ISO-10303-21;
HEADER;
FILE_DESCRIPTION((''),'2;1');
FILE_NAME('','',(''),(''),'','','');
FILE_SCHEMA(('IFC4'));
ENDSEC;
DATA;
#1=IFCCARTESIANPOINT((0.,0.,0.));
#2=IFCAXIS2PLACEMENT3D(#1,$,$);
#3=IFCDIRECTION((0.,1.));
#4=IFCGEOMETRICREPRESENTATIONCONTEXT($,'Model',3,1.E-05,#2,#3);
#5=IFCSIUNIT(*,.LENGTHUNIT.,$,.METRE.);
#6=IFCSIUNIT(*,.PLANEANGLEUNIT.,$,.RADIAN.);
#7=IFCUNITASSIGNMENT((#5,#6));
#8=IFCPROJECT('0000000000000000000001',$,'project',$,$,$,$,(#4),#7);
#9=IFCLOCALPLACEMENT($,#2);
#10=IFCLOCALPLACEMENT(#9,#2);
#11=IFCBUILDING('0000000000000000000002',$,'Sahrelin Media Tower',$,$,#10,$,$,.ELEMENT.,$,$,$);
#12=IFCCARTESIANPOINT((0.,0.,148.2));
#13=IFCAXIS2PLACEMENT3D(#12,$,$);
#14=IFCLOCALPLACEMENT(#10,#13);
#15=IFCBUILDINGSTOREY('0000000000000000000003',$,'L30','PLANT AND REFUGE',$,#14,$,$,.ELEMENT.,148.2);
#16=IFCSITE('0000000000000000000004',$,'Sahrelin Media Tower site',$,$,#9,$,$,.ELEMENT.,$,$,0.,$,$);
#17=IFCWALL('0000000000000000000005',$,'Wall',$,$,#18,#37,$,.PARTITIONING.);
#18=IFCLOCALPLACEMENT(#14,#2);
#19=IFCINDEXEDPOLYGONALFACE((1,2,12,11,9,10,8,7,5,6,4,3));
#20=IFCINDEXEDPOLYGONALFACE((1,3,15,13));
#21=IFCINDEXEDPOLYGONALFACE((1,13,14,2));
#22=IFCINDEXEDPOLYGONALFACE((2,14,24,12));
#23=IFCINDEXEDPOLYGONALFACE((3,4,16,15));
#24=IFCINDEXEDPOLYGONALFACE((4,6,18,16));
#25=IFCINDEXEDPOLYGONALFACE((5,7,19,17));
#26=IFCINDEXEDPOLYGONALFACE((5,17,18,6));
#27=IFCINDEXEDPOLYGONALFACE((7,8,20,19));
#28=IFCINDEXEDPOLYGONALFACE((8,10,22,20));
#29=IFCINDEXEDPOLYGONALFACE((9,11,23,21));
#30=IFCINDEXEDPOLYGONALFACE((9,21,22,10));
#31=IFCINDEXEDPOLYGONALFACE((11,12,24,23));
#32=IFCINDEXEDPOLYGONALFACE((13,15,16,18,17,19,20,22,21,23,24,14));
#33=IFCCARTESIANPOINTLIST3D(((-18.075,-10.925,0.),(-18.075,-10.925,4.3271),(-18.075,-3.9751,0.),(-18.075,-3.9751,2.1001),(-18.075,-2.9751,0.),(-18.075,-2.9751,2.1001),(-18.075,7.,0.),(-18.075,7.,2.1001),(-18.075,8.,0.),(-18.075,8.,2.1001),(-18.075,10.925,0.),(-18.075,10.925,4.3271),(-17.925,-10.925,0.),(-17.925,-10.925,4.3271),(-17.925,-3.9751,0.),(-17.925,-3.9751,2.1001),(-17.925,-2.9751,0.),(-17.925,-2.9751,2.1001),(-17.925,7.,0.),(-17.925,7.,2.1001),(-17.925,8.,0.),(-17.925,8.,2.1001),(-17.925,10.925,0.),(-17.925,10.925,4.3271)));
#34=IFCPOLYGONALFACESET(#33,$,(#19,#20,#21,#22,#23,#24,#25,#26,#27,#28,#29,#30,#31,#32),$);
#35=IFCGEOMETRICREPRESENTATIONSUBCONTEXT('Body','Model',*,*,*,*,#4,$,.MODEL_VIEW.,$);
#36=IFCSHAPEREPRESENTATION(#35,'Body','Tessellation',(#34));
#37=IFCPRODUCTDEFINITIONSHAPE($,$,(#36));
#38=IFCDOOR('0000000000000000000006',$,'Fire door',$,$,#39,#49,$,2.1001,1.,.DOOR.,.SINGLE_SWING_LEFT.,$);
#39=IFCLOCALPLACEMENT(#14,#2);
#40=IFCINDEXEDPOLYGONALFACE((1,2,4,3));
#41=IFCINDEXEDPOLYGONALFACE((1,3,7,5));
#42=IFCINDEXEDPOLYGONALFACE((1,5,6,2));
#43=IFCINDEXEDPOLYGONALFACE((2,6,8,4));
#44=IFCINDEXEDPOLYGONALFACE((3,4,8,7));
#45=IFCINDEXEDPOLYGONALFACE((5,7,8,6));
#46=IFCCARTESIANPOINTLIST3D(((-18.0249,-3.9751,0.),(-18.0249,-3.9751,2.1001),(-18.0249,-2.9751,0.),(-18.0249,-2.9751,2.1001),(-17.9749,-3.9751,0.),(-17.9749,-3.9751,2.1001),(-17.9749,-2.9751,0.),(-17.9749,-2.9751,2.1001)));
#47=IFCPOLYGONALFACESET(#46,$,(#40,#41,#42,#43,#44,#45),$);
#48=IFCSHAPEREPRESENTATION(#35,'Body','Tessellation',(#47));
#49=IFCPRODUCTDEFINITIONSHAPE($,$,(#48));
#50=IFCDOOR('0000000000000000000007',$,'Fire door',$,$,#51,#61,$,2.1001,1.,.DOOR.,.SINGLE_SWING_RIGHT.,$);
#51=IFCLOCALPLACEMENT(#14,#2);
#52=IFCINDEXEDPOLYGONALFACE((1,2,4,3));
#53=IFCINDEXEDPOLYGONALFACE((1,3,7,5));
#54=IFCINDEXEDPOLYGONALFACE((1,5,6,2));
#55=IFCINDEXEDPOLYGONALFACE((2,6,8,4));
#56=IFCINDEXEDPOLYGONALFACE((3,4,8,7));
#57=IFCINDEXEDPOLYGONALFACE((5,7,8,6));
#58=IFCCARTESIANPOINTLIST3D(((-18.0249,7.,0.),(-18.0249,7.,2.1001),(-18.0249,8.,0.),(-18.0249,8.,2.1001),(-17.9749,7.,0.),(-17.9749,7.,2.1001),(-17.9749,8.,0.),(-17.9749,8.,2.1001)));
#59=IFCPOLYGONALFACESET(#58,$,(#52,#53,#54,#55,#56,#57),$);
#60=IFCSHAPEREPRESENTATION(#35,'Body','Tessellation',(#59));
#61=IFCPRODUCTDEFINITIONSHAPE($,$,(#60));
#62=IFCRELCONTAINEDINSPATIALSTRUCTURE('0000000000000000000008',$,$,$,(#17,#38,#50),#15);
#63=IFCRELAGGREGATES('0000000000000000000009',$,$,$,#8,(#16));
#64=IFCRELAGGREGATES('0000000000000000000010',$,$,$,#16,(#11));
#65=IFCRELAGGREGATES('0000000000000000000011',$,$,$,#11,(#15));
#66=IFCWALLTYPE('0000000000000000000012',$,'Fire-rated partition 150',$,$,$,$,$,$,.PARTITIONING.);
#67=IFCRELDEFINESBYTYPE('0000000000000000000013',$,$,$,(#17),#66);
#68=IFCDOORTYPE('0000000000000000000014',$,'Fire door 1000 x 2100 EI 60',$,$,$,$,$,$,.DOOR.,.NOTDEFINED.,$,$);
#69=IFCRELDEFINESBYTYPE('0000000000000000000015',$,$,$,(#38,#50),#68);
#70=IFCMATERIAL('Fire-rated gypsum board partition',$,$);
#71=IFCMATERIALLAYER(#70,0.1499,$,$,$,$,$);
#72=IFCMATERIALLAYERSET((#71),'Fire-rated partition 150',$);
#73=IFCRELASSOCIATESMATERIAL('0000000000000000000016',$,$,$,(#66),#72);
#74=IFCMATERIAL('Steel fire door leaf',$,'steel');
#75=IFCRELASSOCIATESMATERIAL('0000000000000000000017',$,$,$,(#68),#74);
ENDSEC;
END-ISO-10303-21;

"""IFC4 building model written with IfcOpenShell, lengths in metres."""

from ifc_helpers import new_model, si_unit, direction, frame, frame_2d, origin, place, context, subcontext, project, spatial, rectangle, extrude, material, layer, layer_set, type_object, element, fill, save


model = new_model("IFC4")

# Units and contexts
model_context = context("Model", 3, precision=1e-05, world=origin(), true_north=direction((0.0, 1.0)))
body_context = subcontext(model_context, "Body", "Model", "MODEL_VIEW")
ifc_project = project(units=[si_unit("LENGTHUNIT", "METRE"), si_unit("PLANEANGLEUNIT", "RADIAN")], contexts=[model_context])

# Site, building, storey
site_placement = place(None, origin())
site = spatial("IfcSite", under=ifc_project, at=site_placement, Name="Sahrelin Media Tower site", CompositionType="ELEMENT", RefElevation=0.0)
building_placement = place(site_placement, origin())
building = spatial("IfcBuilding", under=site, at=building_placement, Name="Sahrelin Media Tower", CompositionType="ELEMENT")
storey_placement = place(building_placement, frame((0.0, 0.0, 148.2)))
storey = spatial("IfcBuildingStorey", under=building, at=storey_placement, Name="L30", Description="PLANT AND REFUGE", CompositionType="ELEMENT", Elevation=148.2)

# Wall, openings, doors
ifc_material_1 = material(Name="Fire-rated gypsum board partition")
ifc_layer = layer(ifc_material_1, 0.1499)
ifc_layer_set = layer_set([ifc_layer], Name="Fire-rated partition 150")
wall_type = type_object("IfcWallType", Name="Fire-rated partition 150", PredefinedType="PARTITIONING", material=ifc_layer_set)
ifc_material_2 = material(Name="Steel fire door leaf", Category="steel")
door_type = type_object("IfcDoorType", Name="Fire door 1000 x 2100 EI 60", OperationType="NOTDEFINED", PredefinedType="DOOR", material=ifc_material_2)
wall_1_placement = place(storey_placement, frame((-18.0, -10.925, 0.0), z_axis=(0.0, 0.0, 1.0), x_axis=(0.0, 1.0, 0.0)))
wall_1 = element("IfcWall", 1, at=wall_1_placement, inside=storey, type_object=wall_type, Name="Wall", PredefinedType="PARTITIONING", context=body_context, shape_type="SweptSolid", body=[
    extrude(rectangle(XDim=21.8501, YDim=0.1499, at=frame_2d((10.925, 0.0))), origin(), (0.0, 0.0, 1.0), 4.3271),
])
opening_1_placement = place(wall_1_placement, frame((6.95, 0.0, 0.0)))
opening_1 = element("IfcOpeningElement", 2, at=opening_1_placement, cuts=wall_1, PredefinedType="OPENING", context=body_context, shape_type="SweptSolid", body=[
    extrude(rectangle(XDim=1.0, YDim=2.1001, at=frame_2d((0.5, 1.05))), frame((0.0, 0.075, 0.0), z_axis=(0.0, -1.0, 0.0), x_axis=(1.0, 0.0, 0.0)), (0.0, 0.0, 1.0), 0.1499),
])
opening_2_placement = place(wall_1_placement, frame((17.925, 0.0, 0.0)))
opening_2 = element("IfcOpeningElement", 3, at=opening_2_placement, cuts=wall_1, PredefinedType="OPENING", context=body_context, shape_type="SweptSolid", body=[
    extrude(rectangle(XDim=1.0, YDim=2.1001, at=frame_2d((0.5, 1.05))), frame((0.0, 0.075, 0.0), z_axis=(0.0, -1.0, 0.0), x_axis=(1.0, 0.0, 0.0)), (0.0, 0.0, 1.0), 0.1499),
])
door_1_placement = place(opening_1_placement, origin())
door_1 = element("IfcDoor", 4, at=door_1_placement, inside=storey, type_object=door_type, Name="Fire door", OperationType="SINGLE_SWING_LEFT", OverallHeight=2.1001, OverallWidth=1.0, PredefinedType="DOOR", context=body_context, shape_type="SweptSolid", body=[
    extrude(rectangle(XDim=1.0, YDim=2.1001, at=frame_2d((0.5, 1.05))), frame((0.0, 0.0249, 0.0), z_axis=(0.0, -1.0, 0.0), x_axis=(1.0, 0.0, 0.0)), (0.0, 0.0, 1.0), 0.05),
])
fill(opening_1, door_1)
door_2_placement = place(opening_2_placement, origin())
door_2 = element("IfcDoor", 5, at=door_2_placement, inside=storey, type_object=door_type, Name="Fire door", OperationType="SINGLE_SWING_RIGHT", OverallHeight=2.1001, OverallWidth=1.0, PredefinedType="DOOR", context=body_context, shape_type="SweptSolid", body=[
    extrude(rectangle(XDim=1.0, YDim=2.1001, at=frame_2d((0.5, 1.05))), frame((0.0, 0.0249, 0.0), z_axis=(0.0, -1.0, 0.0), x_axis=(1.0, 0.0, 0.0)), (0.0, 0.0, 1.0), 0.05),
])
fill(opening_2, door_2)

save(model, "model.ifc")
